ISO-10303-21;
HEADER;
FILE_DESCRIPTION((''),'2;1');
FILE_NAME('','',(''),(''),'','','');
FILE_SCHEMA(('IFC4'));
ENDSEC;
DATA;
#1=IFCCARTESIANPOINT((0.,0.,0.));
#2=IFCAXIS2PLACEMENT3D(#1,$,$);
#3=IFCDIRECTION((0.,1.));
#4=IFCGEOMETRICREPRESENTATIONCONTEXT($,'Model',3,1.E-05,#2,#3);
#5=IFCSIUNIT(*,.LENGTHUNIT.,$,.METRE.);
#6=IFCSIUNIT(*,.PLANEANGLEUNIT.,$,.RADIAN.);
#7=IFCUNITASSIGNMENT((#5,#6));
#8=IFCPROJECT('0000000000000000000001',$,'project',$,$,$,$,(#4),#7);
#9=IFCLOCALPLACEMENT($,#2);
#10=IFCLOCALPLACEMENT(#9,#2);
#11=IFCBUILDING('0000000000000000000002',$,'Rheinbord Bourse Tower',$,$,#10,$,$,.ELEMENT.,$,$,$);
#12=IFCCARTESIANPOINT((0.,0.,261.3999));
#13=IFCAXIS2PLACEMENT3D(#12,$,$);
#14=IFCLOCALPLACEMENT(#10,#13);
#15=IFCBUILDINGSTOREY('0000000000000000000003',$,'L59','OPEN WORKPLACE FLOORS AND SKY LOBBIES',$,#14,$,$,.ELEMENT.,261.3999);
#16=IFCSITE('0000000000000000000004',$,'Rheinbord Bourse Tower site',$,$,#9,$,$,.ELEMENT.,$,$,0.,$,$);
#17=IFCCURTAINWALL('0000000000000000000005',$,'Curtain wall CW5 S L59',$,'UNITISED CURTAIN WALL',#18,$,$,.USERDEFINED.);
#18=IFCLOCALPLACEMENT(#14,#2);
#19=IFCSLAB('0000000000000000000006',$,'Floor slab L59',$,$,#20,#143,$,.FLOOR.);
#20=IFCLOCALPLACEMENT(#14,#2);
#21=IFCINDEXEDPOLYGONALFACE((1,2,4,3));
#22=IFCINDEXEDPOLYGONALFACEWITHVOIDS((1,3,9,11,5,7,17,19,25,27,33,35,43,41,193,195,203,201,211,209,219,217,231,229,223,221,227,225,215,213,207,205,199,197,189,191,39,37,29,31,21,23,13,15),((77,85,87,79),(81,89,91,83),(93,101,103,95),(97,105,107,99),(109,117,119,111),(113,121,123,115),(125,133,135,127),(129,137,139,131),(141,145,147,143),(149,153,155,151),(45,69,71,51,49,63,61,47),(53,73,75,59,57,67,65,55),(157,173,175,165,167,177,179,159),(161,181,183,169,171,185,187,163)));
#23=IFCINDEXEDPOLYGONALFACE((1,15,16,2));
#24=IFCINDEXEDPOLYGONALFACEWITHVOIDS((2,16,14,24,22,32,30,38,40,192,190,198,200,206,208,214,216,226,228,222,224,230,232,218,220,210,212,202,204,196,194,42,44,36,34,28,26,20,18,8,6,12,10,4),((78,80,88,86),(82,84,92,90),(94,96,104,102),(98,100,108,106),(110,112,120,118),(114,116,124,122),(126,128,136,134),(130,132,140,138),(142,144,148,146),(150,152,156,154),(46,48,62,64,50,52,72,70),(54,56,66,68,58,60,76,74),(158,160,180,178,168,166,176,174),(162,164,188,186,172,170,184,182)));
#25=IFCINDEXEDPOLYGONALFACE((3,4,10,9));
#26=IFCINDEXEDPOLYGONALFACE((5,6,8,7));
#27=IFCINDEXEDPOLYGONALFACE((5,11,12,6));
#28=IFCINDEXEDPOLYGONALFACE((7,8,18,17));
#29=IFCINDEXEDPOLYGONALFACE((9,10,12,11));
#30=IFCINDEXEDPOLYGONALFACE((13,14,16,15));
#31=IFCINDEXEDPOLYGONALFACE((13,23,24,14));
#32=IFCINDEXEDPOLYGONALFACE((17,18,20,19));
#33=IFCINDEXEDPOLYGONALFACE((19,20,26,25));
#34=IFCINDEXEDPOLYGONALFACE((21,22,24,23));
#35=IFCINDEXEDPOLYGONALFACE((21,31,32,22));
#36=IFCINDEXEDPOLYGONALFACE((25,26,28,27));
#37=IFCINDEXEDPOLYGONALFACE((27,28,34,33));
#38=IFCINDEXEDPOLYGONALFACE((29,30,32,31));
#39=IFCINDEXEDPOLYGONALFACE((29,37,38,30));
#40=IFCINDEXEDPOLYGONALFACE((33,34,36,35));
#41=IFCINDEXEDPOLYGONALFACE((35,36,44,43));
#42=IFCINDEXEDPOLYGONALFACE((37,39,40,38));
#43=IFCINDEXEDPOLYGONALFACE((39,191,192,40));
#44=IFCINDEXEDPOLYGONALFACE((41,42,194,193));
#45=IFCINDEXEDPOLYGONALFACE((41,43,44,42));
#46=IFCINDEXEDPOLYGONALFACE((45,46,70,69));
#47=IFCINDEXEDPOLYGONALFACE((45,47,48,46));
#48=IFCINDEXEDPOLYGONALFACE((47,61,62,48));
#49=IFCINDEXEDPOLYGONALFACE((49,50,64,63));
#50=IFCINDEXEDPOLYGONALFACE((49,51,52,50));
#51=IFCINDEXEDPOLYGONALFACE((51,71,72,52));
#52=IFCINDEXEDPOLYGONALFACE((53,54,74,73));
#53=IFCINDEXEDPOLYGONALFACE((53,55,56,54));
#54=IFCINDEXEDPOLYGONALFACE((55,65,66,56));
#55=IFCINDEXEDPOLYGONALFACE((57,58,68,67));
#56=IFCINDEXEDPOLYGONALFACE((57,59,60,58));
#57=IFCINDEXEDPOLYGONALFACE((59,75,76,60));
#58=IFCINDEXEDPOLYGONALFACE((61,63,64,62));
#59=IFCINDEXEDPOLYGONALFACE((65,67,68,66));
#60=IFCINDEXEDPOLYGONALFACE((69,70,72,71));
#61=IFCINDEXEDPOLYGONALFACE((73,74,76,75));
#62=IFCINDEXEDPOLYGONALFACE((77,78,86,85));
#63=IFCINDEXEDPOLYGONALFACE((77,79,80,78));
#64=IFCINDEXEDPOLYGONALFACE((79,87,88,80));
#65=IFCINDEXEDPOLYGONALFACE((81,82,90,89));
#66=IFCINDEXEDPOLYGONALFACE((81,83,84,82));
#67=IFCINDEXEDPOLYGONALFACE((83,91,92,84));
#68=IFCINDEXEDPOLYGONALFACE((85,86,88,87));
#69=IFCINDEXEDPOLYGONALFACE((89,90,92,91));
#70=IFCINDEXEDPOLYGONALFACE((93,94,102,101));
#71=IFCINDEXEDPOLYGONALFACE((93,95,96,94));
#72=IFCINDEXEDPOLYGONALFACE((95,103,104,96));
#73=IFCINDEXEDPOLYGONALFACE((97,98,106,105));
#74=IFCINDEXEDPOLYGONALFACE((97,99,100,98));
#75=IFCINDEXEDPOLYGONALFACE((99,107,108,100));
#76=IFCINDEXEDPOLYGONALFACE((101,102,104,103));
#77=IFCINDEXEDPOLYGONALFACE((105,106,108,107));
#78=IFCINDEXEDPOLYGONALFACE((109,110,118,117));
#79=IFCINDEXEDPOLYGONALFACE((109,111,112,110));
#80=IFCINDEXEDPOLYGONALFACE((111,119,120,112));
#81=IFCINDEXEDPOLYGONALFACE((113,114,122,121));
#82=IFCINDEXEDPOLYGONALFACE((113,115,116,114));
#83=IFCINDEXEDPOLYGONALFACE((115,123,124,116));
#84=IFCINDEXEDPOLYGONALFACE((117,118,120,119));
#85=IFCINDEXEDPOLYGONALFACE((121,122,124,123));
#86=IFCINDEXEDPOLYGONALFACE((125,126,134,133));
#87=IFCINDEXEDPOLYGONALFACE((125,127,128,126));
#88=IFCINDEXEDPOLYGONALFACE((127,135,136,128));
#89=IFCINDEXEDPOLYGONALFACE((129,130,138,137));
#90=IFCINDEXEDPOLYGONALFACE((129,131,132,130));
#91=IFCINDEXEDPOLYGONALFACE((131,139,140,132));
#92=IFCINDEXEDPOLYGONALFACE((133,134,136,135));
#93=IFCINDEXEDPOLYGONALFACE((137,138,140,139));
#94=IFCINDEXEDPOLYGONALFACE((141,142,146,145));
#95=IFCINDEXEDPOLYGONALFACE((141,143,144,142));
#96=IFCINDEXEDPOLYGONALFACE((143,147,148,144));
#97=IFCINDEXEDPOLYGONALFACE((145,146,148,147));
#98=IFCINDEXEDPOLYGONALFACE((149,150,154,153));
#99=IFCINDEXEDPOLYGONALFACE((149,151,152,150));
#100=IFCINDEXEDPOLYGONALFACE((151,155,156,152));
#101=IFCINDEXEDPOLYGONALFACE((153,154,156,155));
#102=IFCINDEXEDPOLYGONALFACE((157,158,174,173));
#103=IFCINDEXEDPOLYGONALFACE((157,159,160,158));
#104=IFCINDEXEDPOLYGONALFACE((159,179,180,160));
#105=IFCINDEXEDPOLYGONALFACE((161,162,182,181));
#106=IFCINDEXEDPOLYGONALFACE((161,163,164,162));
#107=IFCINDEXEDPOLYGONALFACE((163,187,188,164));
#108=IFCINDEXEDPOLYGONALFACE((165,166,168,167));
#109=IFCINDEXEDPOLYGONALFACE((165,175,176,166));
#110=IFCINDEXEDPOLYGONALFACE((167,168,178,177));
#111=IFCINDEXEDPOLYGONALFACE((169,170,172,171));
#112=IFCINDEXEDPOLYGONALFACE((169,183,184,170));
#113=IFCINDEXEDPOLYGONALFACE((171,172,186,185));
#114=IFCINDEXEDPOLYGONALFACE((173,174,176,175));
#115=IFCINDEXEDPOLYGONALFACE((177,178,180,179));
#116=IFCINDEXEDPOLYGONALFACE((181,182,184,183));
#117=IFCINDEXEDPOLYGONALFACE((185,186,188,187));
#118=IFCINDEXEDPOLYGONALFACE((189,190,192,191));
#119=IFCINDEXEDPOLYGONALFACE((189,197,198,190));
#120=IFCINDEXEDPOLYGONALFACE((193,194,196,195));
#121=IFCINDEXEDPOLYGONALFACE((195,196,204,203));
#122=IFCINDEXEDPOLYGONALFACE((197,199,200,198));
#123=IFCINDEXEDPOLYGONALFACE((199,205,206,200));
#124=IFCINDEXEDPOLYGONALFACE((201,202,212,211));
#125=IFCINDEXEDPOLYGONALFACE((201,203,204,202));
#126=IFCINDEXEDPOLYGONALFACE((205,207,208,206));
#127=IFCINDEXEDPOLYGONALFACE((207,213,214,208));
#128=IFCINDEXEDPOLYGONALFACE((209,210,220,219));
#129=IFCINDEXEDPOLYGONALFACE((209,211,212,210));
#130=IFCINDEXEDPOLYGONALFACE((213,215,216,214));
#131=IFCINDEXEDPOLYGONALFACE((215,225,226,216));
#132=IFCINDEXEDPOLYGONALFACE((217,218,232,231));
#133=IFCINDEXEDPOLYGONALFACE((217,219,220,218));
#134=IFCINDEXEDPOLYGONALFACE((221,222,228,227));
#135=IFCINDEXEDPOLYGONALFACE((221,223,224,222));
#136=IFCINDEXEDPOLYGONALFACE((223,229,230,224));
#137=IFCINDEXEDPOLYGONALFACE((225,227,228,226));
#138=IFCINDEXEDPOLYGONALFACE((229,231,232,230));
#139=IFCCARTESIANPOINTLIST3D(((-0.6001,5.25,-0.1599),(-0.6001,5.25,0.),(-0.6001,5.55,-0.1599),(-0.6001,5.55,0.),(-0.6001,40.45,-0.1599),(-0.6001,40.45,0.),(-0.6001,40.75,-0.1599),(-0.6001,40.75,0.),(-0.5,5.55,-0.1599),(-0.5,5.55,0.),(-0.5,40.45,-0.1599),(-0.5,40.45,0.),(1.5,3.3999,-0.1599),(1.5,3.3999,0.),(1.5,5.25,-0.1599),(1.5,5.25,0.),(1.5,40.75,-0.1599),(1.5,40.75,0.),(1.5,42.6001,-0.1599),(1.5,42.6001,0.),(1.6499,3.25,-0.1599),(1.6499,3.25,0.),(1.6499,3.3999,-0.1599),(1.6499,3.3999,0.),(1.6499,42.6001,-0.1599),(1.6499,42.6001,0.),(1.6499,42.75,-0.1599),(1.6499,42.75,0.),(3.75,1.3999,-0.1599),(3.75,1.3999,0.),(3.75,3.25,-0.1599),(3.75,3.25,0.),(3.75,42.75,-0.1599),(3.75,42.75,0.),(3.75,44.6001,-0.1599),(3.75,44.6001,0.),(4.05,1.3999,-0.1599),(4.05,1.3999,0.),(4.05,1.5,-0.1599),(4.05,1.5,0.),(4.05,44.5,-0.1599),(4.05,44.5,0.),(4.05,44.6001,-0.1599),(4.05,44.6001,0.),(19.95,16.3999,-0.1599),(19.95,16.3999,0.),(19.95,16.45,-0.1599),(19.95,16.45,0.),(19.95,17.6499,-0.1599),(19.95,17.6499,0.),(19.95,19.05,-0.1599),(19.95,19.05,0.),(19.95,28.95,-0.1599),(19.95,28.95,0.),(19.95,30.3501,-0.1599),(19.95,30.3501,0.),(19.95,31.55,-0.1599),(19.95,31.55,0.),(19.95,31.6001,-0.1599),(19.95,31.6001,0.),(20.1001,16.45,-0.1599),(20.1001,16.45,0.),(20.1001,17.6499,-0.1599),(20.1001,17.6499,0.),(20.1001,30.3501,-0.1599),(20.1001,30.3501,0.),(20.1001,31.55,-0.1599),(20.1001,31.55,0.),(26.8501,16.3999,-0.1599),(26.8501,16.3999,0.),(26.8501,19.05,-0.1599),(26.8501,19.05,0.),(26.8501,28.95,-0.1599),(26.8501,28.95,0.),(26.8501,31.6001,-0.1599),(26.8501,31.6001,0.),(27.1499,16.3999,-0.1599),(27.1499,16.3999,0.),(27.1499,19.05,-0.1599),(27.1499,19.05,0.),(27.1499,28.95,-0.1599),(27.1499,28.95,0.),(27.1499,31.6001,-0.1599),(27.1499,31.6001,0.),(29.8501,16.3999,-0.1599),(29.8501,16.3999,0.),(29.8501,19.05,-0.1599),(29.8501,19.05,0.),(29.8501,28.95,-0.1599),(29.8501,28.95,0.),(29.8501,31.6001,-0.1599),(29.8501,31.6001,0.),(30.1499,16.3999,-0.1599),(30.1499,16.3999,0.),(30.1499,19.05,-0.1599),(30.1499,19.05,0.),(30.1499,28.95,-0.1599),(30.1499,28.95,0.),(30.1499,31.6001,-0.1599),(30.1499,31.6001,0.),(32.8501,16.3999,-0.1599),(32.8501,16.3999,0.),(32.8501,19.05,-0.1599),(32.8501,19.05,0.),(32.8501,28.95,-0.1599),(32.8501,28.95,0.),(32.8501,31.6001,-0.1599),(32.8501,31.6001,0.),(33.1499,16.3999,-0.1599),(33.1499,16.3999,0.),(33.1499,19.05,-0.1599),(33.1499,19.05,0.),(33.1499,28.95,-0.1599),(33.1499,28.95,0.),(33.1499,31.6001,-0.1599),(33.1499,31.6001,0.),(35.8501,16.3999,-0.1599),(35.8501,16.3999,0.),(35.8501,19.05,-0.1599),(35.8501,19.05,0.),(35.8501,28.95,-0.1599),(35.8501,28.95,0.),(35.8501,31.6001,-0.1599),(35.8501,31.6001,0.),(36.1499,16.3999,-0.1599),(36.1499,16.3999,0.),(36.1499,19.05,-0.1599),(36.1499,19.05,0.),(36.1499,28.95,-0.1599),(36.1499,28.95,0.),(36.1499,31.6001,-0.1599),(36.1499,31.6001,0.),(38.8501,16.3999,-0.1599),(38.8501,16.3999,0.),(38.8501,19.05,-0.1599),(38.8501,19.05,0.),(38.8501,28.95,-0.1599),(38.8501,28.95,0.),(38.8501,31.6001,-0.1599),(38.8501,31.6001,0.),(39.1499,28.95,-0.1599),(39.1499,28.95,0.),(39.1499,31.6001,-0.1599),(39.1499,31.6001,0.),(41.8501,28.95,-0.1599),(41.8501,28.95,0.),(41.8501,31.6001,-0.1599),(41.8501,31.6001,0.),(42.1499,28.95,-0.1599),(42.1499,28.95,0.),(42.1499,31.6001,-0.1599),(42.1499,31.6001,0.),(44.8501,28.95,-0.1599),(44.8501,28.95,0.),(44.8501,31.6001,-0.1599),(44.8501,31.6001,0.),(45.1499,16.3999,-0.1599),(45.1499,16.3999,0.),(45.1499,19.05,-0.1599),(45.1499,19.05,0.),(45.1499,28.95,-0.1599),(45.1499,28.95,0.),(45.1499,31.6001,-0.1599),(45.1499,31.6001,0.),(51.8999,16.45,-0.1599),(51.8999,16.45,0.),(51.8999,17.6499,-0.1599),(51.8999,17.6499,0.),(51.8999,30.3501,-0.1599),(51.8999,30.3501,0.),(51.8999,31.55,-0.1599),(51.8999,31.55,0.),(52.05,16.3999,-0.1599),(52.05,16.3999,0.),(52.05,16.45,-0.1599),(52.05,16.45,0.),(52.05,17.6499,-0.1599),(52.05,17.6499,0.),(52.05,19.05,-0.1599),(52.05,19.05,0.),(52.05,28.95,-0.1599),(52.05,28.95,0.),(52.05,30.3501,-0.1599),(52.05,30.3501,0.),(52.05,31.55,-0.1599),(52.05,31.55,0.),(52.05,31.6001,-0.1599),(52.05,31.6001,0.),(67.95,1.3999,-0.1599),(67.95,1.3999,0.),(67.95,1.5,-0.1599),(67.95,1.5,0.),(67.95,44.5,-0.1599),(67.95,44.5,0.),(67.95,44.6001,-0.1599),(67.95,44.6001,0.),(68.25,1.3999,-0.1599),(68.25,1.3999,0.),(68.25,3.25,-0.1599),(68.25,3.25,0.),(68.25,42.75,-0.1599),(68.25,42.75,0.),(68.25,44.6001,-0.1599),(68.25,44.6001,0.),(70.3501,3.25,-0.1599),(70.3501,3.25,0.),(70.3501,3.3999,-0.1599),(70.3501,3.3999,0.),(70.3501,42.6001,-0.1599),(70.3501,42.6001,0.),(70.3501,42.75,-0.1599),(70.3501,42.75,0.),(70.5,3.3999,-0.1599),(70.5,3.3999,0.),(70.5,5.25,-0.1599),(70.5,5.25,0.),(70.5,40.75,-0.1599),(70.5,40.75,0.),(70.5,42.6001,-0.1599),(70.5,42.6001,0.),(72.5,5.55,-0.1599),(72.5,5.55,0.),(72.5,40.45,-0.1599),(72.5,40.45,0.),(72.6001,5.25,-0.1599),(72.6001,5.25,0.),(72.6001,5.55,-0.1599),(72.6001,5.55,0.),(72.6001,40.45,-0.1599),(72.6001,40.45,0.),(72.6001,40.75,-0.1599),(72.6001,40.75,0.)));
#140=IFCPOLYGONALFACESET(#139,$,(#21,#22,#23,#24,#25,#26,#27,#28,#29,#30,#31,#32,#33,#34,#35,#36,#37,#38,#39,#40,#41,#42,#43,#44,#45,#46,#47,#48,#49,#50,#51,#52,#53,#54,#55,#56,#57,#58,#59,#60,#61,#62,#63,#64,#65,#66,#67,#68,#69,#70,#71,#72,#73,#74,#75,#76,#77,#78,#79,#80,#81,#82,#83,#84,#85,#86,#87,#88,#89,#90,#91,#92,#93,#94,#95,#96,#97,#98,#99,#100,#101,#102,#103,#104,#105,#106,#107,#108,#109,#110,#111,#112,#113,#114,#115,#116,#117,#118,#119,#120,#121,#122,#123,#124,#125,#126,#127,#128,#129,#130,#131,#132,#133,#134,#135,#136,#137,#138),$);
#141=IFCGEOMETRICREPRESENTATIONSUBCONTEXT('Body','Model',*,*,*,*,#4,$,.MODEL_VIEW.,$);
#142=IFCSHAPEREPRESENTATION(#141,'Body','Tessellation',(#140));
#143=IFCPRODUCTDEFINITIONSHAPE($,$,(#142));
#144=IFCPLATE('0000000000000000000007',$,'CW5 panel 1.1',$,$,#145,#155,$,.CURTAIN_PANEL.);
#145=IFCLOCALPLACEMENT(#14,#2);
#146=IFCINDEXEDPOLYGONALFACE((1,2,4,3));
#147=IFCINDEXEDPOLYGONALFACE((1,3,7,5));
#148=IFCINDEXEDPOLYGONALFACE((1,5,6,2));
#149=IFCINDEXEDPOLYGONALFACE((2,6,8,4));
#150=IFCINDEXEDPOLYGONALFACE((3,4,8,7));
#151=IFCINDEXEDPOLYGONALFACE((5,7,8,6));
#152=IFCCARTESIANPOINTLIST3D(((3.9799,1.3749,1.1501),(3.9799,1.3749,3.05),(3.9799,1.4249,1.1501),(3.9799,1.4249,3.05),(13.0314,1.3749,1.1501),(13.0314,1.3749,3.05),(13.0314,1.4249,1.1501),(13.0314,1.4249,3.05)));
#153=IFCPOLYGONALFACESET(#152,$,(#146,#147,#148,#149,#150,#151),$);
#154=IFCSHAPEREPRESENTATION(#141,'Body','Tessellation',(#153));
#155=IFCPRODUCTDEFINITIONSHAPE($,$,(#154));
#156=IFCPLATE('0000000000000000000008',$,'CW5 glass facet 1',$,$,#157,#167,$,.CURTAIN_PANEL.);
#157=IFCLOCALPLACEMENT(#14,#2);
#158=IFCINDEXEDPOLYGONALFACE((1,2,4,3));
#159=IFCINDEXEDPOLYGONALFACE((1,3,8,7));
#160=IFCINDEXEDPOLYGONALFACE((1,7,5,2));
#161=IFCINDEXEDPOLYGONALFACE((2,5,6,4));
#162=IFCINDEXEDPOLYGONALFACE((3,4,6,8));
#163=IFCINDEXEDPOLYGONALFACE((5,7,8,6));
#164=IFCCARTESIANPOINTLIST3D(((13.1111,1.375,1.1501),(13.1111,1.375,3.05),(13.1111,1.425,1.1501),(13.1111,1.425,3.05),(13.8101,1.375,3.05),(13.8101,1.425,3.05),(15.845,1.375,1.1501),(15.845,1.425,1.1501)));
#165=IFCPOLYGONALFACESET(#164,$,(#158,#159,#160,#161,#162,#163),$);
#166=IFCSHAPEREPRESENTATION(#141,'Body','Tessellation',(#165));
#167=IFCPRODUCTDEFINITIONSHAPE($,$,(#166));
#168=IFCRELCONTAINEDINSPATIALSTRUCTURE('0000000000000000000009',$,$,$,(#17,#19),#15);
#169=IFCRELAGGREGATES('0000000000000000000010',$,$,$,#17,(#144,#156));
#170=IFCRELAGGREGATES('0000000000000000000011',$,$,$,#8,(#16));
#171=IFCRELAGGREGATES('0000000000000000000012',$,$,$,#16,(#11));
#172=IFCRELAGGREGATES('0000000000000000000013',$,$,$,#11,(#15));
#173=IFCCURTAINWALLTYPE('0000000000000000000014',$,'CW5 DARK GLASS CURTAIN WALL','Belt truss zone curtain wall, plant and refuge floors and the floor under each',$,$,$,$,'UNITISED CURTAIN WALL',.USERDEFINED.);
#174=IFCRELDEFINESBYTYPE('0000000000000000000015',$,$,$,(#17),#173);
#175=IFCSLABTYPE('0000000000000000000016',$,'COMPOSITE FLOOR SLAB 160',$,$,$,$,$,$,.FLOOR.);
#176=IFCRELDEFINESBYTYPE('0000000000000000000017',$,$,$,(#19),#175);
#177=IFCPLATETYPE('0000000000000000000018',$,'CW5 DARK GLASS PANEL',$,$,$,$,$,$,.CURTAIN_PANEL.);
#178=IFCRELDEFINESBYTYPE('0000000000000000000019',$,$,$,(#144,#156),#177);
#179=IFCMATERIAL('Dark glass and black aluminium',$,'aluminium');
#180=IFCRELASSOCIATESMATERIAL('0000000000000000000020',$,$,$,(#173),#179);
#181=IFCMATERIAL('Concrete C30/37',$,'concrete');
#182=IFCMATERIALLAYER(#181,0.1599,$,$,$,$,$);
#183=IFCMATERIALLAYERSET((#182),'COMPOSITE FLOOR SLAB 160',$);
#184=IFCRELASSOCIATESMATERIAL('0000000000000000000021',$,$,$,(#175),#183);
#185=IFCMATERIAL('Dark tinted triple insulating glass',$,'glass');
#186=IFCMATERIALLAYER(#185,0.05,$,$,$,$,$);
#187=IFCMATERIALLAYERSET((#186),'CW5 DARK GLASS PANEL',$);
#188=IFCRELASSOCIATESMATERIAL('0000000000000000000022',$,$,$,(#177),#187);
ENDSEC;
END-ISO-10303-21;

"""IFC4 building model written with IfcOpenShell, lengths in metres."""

from ifc_helpers import new_model, si_unit, direction, frame, origin, origin_2d, place, context, subcontext, project, spatial, polyline, rectangle, outline, extrude, material, layer, layer_set, type_object, element, aggregate, save


model = new_model("IFC4")

# Units and contexts
model_context = context("Model", 3, precision=1e-05, world=origin(), true_north=direction((0.0, 1.0)))
body_context = subcontext(model_context, "Body", "Model", "MODEL_VIEW")
ifc_project = project(units=[si_unit("LENGTHUNIT", "METRE"), si_unit("PLANEANGLEUNIT", "RADIAN")], contexts=[model_context])

# Site, building, storey
site_placement = place(None, origin())
site = spatial("IfcSite", under=ifc_project, at=site_placement, Name="Rheinbord Bourse Tower site", CompositionType="ELEMENT", RefElevation=0.0)
building_placement = place(site_placement, origin())
building = spatial("IfcBuilding", under=site, at=building_placement, Name="Rheinbord Bourse Tower", CompositionType="ELEMENT")
storey_placement = place(building_placement, frame((0.0, 0.0, 261.3999)))
storey = spatial("IfcBuildingStorey", under=building, at=storey_placement, Name="L59", Description="OPEN WORKPLACE FLOORS AND SKY LOBBIES", CompositionType="ELEMENT", Elevation=261.3999)

# Curtain wall
ifc_material_1 = material(Name="Dark glass and black aluminium", Category="aluminium")
curtain_wall_type = type_object("IfcCurtainWallType", Name="CW5 DARK GLASS CURTAIN WALL", Description="Belt truss zone curtain wall, plant and refuge floors and the floor under each", ElementType="UNITISED CURTAIN WALL", PredefinedType="USERDEFINED", material=ifc_material_1)
curtain_wall_placement = place(storey_placement, origin())
curtain_wall = element("IfcCurtainWall", 1, at=curtain_wall_placement, inside=storey, type_object=curtain_wall_type, Name="Curtain wall CW5 S L59", ObjectType="UNITISED CURTAIN WALL", PredefinedType="USERDEFINED")

# Slab
ifc_material_2 = material(Name="Concrete C30/37", Category="concrete")
ifc_layer_1 = layer(ifc_material_2, 0.1599)
ifc_layer_set_1 = layer_set([ifc_layer_1], Name="COMPOSITE FLOOR SLAB 160")
slab_type_1 = type_object("IfcSlabType", Name="COMPOSITE FLOOR SLAB 160", PredefinedType="FLOOR", material=ifc_layer_set_1)
slab_1_placement = place(storey_placement, frame((0.0, 0.0, -0.1599)))
element("IfcSlab", 2, at=slab_1_placement, inside=storey, type_object=slab_type_1, Name="Floor slab L59", PredefinedType="FLOOR", context=body_context, shape_type="SweptSolid", body=[
    extrude(outline(polyline([(1.6499, 3.3999), (1.5, 3.3999), (1.5, 5.25), (-0.6001, 5.25), (-0.6001, 5.55), (-0.5, 5.55), (-0.5, 40.45), (-0.6001, 40.45), (-0.6001, 40.75), (1.5, 40.75), (1.5, 42.6001), (1.6499, 42.6001), (1.6499, 42.75), (3.75, 42.75), (3.75, 44.6001), (4.05, 44.6001), (4.05, 44.5), (67.95, 44.5), (67.95, 44.6001), (68.25, 44.6001), (68.25, 42.75), (70.3501, 42.75), (70.3501, 42.6001), (70.5, 42.6001), (70.5, 40.75), (72.6001, 40.75), (72.6001, 40.45), (72.5, 40.45), (72.5, 5.55), (72.6001, 5.55), (72.6001, 5.25), (70.5, 5.25), (70.5, 3.3999), (70.3501, 3.3999), (70.3501, 3.25), (68.25, 3.25), (68.25, 1.3999), (67.95, 1.3999), (67.95, 1.5), (4.05, 1.5), (4.05, 1.3999), (3.75, 1.3999), (3.75, 3.25), (1.6499, 3.25), (1.6499, 3.3999)]), holes=[polyline([(19.95, 19.05), (26.8501, 19.05), (26.8501, 16.3999), (19.95, 16.3999), (19.95, 16.45), (20.1001, 16.45), (20.1001, 17.6499), (19.95, 17.6499), (19.95, 19.05)]), polyline([(19.95, 31.6001), (26.8501, 31.6001), (26.8501, 28.95), (19.95, 28.95), (19.95, 30.3501), (20.1001, 30.3501), (20.1001, 31.55), (19.95, 31.55), (19.95, 31.6001)]), polyline([(52.05, 16.3999), (45.1499, 16.3999), (45.1499, 19.05), (52.05, 19.05), (52.05, 17.6499), (51.8999, 17.6499), (51.8999, 16.45), (52.05, 16.45), (52.05, 16.3999)]), polyline([(52.05, 28.95), (45.1499, 28.95), (45.1499, 31.6001), (52.05, 31.6001), (52.05, 31.55), (51.8999, 31.55), (51.8999, 30.3501), (52.05, 30.3501), (52.05, 28.95)]), polyline([(27.1499, 16.3999), (27.1499, 19.05), (29.8501, 19.05), (29.8501, 16.3999), (27.1499, 16.3999)]), polyline([(27.1499, 28.95), (27.1499, 31.6001), (29.8501, 31.6001), (29.8501, 28.95), (27.1499, 28.95)]), polyline([(30.1499, 16.3999), (30.1499, 19.05), (32.8501, 19.05), (32.8501, 16.3999), (30.1499, 16.3999)]), polyline([(30.1499, 28.95), (30.1499, 31.6001), (32.8501, 31.6001), (32.8501, 28.95), (30.1499, 28.95)]), polyline([(33.1499, 16.3999), (33.1499, 19.05), (35.8501, 19.05), (35.8501, 16.3999), (33.1499, 16.3999)]), polyline([(33.1499, 28.95), (33.1499, 31.6001), (35.8501, 31.6001), (35.8501, 28.95), (33.1499, 28.95)]), polyline([(36.1499, 16.3999), (36.1499, 19.05), (38.8501, 19.05), (38.8501, 16.3999), (36.1499, 16.3999)]), polyline([(36.1499, 28.95), (36.1499, 31.6001), (38.8501, 31.6001), (38.8501, 28.95), (36.1499, 28.95)]), polyline([(39.1499, 28.95), (39.1499, 31.6001), (41.8501, 31.6001), (41.8501, 28.95), (39.1499, 28.95)]), polyline([(42.1499, 28.95), (42.1499, 31.6001), (44.8501, 31.6001), (44.8501, 28.95), (42.1499, 28.95)])]), origin(), (0.0, 0.0, 1.0), 0.1599),
])

# Plates
ifc_material_3 = material(Name="Dark tinted triple insulating glass", Category="glass")
ifc_layer_2 = layer(ifc_material_3, 0.05)
ifc_layer_set_2 = layer_set([ifc_layer_2], Name="CW5 DARK GLASS PANEL")
plate_type = type_object("IfcPlateType", Name="CW5 DARK GLASS PANEL", PredefinedType="CURTAIN_PANEL", material=ifc_layer_set_2)
plate_1_placement = place(storey_placement, frame((8.5056, 1.3999, 1.1501), z_axis=(0.0, 0.0, 1.0), x_axis=(1.0, 0.0, 0.0)))
plate_1 = element("IfcPlate", 3, at=plate_1_placement, type_object=plate_type, Name="CW5 panel 1.1", PredefinedType="CURTAIN_PANEL", context=body_context, shape_type="SweptSolid", body=[
    extrude(rectangle(XDim=9.0515, YDim=0.05, at=origin_2d()), origin(), (0.0, 0.0, 1.0), 1.8999),
])
plate_2_placement = place(storey_placement, frame((13.1111, 1.375, 1.1501), z_axis=(0.0, 1.0, 0.0), x_axis=(0.0, 0.0, 1.0)))
plate_2 = element("IfcPlate", 4, at=plate_2_placement, type_object=plate_type, Name="CW5 glass facet 1", PredefinedType="CURTAIN_PANEL", context=body_context, shape_type="SweptSolid", body=[
    extrude(outline(polyline([(0.0, 0.0), (1.8999, 0.0), (1.8999, 0.699), (0.0, 2.7339), (0.0, 0.0)])), origin(), (0.0, 0.0, 1.0), 0.05),
])
aggregate(curtain_wall, [plate_1, plate_2])

save(model, "model.ifc")
